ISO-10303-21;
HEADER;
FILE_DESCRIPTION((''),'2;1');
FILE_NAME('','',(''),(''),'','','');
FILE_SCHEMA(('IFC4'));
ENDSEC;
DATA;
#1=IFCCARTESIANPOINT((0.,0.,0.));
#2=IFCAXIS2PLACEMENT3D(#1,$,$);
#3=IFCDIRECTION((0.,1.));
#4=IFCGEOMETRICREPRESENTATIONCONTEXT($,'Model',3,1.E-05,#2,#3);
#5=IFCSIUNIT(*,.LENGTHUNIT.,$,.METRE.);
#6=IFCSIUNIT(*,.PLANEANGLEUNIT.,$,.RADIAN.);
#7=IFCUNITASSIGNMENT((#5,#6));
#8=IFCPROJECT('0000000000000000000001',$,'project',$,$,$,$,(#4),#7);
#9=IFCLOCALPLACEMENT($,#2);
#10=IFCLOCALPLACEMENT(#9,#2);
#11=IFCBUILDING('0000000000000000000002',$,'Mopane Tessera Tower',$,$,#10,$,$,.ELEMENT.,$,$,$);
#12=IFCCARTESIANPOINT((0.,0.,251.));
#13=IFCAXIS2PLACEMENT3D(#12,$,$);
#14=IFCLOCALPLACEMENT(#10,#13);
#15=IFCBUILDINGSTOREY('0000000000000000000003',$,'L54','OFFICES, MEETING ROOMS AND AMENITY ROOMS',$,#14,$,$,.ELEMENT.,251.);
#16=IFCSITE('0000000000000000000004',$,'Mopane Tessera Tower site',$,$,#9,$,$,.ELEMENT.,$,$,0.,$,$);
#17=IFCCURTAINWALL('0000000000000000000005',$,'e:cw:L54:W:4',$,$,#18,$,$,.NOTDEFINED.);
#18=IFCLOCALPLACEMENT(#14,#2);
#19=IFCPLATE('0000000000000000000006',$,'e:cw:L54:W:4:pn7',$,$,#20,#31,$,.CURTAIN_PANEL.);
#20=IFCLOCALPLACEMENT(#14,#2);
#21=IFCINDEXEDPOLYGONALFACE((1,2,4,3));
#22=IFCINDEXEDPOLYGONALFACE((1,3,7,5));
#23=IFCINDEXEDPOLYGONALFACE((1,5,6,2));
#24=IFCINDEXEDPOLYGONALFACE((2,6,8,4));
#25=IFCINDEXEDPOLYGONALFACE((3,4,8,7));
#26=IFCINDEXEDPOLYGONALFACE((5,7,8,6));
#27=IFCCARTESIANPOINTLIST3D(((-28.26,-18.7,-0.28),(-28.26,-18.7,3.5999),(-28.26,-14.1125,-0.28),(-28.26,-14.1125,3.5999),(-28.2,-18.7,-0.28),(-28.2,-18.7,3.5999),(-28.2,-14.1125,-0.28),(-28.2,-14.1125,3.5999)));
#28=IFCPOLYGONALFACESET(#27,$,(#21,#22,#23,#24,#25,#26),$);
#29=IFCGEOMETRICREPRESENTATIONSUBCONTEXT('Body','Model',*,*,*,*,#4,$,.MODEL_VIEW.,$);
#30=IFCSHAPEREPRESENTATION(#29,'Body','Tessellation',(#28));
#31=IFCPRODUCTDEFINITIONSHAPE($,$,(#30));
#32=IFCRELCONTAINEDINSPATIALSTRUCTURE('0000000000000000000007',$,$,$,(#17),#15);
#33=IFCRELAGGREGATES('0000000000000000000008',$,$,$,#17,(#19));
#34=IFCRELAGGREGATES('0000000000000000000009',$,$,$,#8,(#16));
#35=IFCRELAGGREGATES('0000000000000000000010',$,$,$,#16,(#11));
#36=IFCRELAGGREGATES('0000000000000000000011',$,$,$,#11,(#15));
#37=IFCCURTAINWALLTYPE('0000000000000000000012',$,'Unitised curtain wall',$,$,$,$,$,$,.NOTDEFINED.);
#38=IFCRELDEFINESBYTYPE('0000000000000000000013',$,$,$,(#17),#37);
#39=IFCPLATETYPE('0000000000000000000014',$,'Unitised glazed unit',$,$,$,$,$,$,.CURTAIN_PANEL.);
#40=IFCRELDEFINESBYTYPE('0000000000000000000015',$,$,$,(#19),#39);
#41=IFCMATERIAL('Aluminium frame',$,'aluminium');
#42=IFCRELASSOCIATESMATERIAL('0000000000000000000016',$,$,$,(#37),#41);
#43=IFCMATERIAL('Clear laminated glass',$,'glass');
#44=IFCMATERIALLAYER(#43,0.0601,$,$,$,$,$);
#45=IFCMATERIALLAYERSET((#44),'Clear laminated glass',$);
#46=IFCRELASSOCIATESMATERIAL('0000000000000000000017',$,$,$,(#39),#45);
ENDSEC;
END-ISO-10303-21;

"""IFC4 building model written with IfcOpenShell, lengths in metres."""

from ifc_helpers import new_model, si_unit, direction, frame, origin, origin_2d, place, context, subcontext, project, spatial, rectangle, extrude, material, layer, layer_set, type_object, element, aggregate, save


model = new_model("IFC4")

# Units and contexts
model_context = context("Model", 3, precision=1e-05, world=origin(), true_north=direction((0.0, 1.0)))
body_context = subcontext(model_context, "Body", "Model", "MODEL_VIEW")
ifc_project = project(units=[si_unit("LENGTHUNIT", "METRE"), si_unit("PLANEANGLEUNIT", "RADIAN")], contexts=[model_context])

# Site, building, storey
site_placement = place(None, origin())
site = spatial("IfcSite", under=ifc_project, at=site_placement, Name="Mopane Tessera Tower site", CompositionType="ELEMENT", RefElevation=0.0)
building_placement = place(site_placement, origin())
building = spatial("IfcBuilding", under=site, at=building_placement, Name="Mopane Tessera Tower", CompositionType="ELEMENT")
storey_placement = place(building_placement, frame((0.0, 0.0, 251.0)))
storey = spatial("IfcBuildingStorey", under=building, at=storey_placement, Name="L54", Description="OFFICES, MEETING ROOMS AND AMENITY ROOMS", CompositionType="ELEMENT", Elevation=251.0)

# Curtain wall
ifc_material_1 = material(Name="Aluminium frame", Category="aluminium")
curtain_wall_type = type_object("IfcCurtainWallType", Name="Unitised curtain wall", PredefinedType="NOTDEFINED", material=ifc_material_1)
curtain_wall_1_placement = place(storey_placement, origin())
curtain_wall_1 = element("IfcCurtainWall", 1, at=curtain_wall_1_placement, inside=storey, type_object=curtain_wall_type, Name="e:cw:L54:W:4", PredefinedType="NOTDEFINED")

# Plate
ifc_material_2 = material(Name="Clear laminated glass", Category="glass")
ifc_layer = layer(ifc_material_2, 0.0601)
ifc_layer_set = layer_set([ifc_layer], Name="Clear laminated glass")
plate_type = type_object("IfcPlateType", Name="Unitised glazed unit", PredefinedType="CURTAIN_PANEL", material=ifc_layer_set)
plate_1_placement = place(storey_placement, frame((-28.23, -16.4062, -0.28), z_axis=(0.0, 0.0, 1.0), x_axis=(0.0, -1.0, 0.0)))
plate_1 = element("IfcPlate", 2, at=plate_1_placement, type_object=plate_type, Name="e:cw:L54:W:4:pn7", PredefinedType="CURTAIN_PANEL", context=body_context, shape_type="SweptSolid", body=[
    extrude(rectangle(XDim=4.5874, YDim=0.0601, at=origin_2d()), origin(), (0.0, 0.0, 1.0), 3.8799),
])
aggregate(curtain_wall_1, [plate_1])

save(model, "model.ifc")
